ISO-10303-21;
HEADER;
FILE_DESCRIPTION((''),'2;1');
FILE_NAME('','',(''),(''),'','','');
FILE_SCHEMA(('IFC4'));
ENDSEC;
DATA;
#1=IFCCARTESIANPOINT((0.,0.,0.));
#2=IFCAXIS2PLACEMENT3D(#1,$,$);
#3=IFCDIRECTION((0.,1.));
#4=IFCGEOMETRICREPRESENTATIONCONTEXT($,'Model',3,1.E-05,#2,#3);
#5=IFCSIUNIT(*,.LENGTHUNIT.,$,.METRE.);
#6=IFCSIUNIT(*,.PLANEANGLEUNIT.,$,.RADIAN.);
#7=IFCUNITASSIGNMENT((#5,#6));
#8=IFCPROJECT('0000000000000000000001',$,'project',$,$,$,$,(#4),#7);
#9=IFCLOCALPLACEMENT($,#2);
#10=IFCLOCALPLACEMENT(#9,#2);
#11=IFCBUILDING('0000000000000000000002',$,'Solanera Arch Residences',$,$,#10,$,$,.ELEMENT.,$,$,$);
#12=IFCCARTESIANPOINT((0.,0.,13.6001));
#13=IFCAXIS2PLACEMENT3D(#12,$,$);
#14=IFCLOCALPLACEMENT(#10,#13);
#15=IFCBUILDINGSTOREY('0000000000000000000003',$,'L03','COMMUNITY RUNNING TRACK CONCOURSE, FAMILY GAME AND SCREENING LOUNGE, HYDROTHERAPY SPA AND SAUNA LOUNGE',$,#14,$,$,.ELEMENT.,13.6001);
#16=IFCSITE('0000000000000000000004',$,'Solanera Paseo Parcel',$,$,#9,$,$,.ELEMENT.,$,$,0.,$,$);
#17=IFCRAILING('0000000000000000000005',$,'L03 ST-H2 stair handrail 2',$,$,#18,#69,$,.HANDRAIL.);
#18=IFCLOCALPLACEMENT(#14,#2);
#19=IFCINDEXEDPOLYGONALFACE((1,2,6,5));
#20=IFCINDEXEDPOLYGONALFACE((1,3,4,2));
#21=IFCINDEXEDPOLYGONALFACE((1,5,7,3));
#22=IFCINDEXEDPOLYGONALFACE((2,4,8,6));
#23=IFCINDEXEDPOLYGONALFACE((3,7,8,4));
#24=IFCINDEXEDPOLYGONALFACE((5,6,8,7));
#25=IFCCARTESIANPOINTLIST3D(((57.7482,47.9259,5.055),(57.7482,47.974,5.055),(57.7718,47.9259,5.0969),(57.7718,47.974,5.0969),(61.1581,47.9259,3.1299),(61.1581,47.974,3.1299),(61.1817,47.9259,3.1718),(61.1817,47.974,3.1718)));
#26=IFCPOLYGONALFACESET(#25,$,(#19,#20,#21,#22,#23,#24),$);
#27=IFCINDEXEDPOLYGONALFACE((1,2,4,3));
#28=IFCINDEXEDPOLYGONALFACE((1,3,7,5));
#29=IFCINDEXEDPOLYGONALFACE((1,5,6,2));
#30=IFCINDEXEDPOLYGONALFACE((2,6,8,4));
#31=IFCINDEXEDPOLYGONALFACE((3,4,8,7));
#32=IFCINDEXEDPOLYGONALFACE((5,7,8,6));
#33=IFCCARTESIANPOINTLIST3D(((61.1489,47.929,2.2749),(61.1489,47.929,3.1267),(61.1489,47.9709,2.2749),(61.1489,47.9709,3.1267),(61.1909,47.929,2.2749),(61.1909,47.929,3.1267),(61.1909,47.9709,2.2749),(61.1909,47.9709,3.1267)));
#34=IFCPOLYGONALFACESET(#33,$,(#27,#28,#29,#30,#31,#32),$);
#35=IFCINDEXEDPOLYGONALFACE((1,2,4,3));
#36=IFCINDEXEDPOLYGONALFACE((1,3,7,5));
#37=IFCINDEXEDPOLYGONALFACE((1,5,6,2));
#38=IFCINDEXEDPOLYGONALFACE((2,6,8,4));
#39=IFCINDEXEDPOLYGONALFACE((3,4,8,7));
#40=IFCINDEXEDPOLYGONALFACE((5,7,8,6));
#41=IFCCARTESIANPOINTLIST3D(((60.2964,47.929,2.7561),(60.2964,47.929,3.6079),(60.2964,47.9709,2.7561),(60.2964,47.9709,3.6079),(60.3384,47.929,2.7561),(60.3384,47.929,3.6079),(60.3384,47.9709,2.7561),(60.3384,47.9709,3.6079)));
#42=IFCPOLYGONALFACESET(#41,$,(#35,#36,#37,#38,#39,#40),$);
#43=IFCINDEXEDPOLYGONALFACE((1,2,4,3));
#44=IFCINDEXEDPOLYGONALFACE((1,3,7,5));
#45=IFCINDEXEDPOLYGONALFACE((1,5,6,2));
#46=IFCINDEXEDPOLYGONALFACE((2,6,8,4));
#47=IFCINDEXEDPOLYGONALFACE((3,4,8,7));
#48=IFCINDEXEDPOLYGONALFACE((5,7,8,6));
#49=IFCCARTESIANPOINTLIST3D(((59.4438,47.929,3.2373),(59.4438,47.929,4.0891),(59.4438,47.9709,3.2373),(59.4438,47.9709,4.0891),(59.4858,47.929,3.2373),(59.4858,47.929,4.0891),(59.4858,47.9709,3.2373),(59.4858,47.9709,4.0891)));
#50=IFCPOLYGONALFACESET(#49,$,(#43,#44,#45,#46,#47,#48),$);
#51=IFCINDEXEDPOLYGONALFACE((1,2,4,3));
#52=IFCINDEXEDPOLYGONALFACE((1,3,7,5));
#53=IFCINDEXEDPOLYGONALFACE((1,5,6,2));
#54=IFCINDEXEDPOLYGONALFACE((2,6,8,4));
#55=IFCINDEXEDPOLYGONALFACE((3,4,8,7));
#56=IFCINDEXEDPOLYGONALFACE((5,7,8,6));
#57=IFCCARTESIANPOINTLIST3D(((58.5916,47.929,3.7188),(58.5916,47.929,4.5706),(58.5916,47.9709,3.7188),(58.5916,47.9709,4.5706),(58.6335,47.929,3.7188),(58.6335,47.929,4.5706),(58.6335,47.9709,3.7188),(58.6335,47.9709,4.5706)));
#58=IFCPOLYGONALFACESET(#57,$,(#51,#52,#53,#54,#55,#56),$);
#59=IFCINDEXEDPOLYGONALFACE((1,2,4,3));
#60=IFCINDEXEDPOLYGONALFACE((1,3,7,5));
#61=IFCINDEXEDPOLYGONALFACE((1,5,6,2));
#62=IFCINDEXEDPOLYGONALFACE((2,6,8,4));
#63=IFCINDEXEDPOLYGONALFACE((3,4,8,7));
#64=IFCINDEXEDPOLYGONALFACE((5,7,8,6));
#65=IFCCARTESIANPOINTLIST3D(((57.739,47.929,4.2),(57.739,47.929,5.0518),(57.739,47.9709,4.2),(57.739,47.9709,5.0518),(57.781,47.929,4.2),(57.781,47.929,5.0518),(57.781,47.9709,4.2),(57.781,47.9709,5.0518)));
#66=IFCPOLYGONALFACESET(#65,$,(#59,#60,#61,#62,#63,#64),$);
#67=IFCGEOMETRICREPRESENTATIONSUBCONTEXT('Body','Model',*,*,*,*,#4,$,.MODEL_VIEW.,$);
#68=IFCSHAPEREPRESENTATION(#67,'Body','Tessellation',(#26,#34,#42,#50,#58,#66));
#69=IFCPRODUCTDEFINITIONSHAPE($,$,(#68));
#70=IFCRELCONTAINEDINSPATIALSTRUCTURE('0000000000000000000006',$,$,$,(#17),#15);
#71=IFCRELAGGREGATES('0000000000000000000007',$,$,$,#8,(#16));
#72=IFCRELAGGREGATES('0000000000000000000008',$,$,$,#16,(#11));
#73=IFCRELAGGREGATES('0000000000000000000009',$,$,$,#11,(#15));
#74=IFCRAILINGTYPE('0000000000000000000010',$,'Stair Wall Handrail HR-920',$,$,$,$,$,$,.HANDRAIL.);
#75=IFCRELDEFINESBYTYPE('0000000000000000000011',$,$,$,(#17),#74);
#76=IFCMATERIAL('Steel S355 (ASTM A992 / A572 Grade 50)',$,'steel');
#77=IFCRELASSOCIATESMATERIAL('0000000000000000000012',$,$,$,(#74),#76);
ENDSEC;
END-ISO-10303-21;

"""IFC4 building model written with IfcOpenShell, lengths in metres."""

from ifc_helpers import new_model, si_unit, direction, frame, origin, origin_2d, place, context, subcontext, project, spatial, rectangle, extrude, material, type_object, element, save


model = new_model("IFC4")

# Units and contexts
model_context = context("Model", 3, precision=1e-05, world=origin(), true_north=direction((0.0, 1.0)))
body_context = subcontext(model_context, "Body", "Model", "MODEL_VIEW")
ifc_project = project(units=[si_unit("LENGTHUNIT", "METRE"), si_unit("PLANEANGLEUNIT", "RADIAN")], contexts=[model_context])

# Site, building, storey
site_placement = place(None, origin())
site = spatial("IfcSite", under=ifc_project, at=site_placement, Name="Solanera Paseo Parcel", CompositionType="ELEMENT", RefElevation=0.0)
building_placement = place(site_placement, origin())
building = spatial("IfcBuilding", under=site, at=building_placement, Name="Solanera Arch Residences", CompositionType="ELEMENT")
storey_placement = place(building_placement, frame((0.0, 0.0, 13.6001)))
storey = spatial("IfcBuildingStorey", under=building, at=storey_placement, Name="L03", Description="COMMUNITY RUNNING TRACK CONCOURSE, FAMILY GAME AND SCREENING LOUNGE, HYDROTHERAPY SPA AND SAUNA LOUNGE", CompositionType="ELEMENT", Elevation=13.6001)

# Railing
ifc_material_1 = material(Name="Steel S355 (ASTM A992 / A572 Grade 50)", Category="steel")
railing_type_1 = type_object("IfcRailingType", Name="Stair Wall Handrail HR-920", PredefinedType="HANDRAIL", material=ifc_material_1)
railing_1_placement = place(storey_placement, frame((61.1699, 47.95, 2.2749)))
element("IfcRailing", 1, at=railing_1_placement, inside=storey, type_object=railing_type_1, Name="L03 ST-H2 stair handrail 2", PredefinedType="HANDRAIL", context=body_context, shape_type="SweptSolid", body=[
    extrude(rectangle(XDim=0.0481, YDim=0.0481, at=origin_2d()), frame((0.0, 0.0, 0.876), z_axis=(-0.870814, 0.0, 0.491613), x_axis=(0.0, -1.0, 0.0)), (0.0, 0.0, 1.0), 3.9158),
    extrude(rectangle(XDim=0.042, YDim=0.042, at=origin_2d()), origin(), (0.0, 0.0, 1.0), 0.8518),
    extrude(rectangle(XDim=0.042, YDim=0.042, at=origin_2d()), frame((-0.8525, 0.0, 0.4812)), (0.0, 0.0, 1.0), 0.8518),
    extrude(rectangle(XDim=0.042, YDim=0.042, at=origin_2d()), frame((-1.7051, 0.0, 0.9624)), (0.0, 0.0, 1.0), 0.8518),
    extrude(rectangle(XDim=0.042, YDim=0.042, at=origin_2d()), frame((-2.5574, 0.0, 1.4438)), (0.0, 0.0, 1.0), 0.8518),
    extrude(rectangle(XDim=0.042, YDim=0.042, at=origin_2d()), frame((-3.4099, 0.0, 1.925)), (0.0, 0.0, 1.0), 0.8518),
])

save(model, "model.ifc")
